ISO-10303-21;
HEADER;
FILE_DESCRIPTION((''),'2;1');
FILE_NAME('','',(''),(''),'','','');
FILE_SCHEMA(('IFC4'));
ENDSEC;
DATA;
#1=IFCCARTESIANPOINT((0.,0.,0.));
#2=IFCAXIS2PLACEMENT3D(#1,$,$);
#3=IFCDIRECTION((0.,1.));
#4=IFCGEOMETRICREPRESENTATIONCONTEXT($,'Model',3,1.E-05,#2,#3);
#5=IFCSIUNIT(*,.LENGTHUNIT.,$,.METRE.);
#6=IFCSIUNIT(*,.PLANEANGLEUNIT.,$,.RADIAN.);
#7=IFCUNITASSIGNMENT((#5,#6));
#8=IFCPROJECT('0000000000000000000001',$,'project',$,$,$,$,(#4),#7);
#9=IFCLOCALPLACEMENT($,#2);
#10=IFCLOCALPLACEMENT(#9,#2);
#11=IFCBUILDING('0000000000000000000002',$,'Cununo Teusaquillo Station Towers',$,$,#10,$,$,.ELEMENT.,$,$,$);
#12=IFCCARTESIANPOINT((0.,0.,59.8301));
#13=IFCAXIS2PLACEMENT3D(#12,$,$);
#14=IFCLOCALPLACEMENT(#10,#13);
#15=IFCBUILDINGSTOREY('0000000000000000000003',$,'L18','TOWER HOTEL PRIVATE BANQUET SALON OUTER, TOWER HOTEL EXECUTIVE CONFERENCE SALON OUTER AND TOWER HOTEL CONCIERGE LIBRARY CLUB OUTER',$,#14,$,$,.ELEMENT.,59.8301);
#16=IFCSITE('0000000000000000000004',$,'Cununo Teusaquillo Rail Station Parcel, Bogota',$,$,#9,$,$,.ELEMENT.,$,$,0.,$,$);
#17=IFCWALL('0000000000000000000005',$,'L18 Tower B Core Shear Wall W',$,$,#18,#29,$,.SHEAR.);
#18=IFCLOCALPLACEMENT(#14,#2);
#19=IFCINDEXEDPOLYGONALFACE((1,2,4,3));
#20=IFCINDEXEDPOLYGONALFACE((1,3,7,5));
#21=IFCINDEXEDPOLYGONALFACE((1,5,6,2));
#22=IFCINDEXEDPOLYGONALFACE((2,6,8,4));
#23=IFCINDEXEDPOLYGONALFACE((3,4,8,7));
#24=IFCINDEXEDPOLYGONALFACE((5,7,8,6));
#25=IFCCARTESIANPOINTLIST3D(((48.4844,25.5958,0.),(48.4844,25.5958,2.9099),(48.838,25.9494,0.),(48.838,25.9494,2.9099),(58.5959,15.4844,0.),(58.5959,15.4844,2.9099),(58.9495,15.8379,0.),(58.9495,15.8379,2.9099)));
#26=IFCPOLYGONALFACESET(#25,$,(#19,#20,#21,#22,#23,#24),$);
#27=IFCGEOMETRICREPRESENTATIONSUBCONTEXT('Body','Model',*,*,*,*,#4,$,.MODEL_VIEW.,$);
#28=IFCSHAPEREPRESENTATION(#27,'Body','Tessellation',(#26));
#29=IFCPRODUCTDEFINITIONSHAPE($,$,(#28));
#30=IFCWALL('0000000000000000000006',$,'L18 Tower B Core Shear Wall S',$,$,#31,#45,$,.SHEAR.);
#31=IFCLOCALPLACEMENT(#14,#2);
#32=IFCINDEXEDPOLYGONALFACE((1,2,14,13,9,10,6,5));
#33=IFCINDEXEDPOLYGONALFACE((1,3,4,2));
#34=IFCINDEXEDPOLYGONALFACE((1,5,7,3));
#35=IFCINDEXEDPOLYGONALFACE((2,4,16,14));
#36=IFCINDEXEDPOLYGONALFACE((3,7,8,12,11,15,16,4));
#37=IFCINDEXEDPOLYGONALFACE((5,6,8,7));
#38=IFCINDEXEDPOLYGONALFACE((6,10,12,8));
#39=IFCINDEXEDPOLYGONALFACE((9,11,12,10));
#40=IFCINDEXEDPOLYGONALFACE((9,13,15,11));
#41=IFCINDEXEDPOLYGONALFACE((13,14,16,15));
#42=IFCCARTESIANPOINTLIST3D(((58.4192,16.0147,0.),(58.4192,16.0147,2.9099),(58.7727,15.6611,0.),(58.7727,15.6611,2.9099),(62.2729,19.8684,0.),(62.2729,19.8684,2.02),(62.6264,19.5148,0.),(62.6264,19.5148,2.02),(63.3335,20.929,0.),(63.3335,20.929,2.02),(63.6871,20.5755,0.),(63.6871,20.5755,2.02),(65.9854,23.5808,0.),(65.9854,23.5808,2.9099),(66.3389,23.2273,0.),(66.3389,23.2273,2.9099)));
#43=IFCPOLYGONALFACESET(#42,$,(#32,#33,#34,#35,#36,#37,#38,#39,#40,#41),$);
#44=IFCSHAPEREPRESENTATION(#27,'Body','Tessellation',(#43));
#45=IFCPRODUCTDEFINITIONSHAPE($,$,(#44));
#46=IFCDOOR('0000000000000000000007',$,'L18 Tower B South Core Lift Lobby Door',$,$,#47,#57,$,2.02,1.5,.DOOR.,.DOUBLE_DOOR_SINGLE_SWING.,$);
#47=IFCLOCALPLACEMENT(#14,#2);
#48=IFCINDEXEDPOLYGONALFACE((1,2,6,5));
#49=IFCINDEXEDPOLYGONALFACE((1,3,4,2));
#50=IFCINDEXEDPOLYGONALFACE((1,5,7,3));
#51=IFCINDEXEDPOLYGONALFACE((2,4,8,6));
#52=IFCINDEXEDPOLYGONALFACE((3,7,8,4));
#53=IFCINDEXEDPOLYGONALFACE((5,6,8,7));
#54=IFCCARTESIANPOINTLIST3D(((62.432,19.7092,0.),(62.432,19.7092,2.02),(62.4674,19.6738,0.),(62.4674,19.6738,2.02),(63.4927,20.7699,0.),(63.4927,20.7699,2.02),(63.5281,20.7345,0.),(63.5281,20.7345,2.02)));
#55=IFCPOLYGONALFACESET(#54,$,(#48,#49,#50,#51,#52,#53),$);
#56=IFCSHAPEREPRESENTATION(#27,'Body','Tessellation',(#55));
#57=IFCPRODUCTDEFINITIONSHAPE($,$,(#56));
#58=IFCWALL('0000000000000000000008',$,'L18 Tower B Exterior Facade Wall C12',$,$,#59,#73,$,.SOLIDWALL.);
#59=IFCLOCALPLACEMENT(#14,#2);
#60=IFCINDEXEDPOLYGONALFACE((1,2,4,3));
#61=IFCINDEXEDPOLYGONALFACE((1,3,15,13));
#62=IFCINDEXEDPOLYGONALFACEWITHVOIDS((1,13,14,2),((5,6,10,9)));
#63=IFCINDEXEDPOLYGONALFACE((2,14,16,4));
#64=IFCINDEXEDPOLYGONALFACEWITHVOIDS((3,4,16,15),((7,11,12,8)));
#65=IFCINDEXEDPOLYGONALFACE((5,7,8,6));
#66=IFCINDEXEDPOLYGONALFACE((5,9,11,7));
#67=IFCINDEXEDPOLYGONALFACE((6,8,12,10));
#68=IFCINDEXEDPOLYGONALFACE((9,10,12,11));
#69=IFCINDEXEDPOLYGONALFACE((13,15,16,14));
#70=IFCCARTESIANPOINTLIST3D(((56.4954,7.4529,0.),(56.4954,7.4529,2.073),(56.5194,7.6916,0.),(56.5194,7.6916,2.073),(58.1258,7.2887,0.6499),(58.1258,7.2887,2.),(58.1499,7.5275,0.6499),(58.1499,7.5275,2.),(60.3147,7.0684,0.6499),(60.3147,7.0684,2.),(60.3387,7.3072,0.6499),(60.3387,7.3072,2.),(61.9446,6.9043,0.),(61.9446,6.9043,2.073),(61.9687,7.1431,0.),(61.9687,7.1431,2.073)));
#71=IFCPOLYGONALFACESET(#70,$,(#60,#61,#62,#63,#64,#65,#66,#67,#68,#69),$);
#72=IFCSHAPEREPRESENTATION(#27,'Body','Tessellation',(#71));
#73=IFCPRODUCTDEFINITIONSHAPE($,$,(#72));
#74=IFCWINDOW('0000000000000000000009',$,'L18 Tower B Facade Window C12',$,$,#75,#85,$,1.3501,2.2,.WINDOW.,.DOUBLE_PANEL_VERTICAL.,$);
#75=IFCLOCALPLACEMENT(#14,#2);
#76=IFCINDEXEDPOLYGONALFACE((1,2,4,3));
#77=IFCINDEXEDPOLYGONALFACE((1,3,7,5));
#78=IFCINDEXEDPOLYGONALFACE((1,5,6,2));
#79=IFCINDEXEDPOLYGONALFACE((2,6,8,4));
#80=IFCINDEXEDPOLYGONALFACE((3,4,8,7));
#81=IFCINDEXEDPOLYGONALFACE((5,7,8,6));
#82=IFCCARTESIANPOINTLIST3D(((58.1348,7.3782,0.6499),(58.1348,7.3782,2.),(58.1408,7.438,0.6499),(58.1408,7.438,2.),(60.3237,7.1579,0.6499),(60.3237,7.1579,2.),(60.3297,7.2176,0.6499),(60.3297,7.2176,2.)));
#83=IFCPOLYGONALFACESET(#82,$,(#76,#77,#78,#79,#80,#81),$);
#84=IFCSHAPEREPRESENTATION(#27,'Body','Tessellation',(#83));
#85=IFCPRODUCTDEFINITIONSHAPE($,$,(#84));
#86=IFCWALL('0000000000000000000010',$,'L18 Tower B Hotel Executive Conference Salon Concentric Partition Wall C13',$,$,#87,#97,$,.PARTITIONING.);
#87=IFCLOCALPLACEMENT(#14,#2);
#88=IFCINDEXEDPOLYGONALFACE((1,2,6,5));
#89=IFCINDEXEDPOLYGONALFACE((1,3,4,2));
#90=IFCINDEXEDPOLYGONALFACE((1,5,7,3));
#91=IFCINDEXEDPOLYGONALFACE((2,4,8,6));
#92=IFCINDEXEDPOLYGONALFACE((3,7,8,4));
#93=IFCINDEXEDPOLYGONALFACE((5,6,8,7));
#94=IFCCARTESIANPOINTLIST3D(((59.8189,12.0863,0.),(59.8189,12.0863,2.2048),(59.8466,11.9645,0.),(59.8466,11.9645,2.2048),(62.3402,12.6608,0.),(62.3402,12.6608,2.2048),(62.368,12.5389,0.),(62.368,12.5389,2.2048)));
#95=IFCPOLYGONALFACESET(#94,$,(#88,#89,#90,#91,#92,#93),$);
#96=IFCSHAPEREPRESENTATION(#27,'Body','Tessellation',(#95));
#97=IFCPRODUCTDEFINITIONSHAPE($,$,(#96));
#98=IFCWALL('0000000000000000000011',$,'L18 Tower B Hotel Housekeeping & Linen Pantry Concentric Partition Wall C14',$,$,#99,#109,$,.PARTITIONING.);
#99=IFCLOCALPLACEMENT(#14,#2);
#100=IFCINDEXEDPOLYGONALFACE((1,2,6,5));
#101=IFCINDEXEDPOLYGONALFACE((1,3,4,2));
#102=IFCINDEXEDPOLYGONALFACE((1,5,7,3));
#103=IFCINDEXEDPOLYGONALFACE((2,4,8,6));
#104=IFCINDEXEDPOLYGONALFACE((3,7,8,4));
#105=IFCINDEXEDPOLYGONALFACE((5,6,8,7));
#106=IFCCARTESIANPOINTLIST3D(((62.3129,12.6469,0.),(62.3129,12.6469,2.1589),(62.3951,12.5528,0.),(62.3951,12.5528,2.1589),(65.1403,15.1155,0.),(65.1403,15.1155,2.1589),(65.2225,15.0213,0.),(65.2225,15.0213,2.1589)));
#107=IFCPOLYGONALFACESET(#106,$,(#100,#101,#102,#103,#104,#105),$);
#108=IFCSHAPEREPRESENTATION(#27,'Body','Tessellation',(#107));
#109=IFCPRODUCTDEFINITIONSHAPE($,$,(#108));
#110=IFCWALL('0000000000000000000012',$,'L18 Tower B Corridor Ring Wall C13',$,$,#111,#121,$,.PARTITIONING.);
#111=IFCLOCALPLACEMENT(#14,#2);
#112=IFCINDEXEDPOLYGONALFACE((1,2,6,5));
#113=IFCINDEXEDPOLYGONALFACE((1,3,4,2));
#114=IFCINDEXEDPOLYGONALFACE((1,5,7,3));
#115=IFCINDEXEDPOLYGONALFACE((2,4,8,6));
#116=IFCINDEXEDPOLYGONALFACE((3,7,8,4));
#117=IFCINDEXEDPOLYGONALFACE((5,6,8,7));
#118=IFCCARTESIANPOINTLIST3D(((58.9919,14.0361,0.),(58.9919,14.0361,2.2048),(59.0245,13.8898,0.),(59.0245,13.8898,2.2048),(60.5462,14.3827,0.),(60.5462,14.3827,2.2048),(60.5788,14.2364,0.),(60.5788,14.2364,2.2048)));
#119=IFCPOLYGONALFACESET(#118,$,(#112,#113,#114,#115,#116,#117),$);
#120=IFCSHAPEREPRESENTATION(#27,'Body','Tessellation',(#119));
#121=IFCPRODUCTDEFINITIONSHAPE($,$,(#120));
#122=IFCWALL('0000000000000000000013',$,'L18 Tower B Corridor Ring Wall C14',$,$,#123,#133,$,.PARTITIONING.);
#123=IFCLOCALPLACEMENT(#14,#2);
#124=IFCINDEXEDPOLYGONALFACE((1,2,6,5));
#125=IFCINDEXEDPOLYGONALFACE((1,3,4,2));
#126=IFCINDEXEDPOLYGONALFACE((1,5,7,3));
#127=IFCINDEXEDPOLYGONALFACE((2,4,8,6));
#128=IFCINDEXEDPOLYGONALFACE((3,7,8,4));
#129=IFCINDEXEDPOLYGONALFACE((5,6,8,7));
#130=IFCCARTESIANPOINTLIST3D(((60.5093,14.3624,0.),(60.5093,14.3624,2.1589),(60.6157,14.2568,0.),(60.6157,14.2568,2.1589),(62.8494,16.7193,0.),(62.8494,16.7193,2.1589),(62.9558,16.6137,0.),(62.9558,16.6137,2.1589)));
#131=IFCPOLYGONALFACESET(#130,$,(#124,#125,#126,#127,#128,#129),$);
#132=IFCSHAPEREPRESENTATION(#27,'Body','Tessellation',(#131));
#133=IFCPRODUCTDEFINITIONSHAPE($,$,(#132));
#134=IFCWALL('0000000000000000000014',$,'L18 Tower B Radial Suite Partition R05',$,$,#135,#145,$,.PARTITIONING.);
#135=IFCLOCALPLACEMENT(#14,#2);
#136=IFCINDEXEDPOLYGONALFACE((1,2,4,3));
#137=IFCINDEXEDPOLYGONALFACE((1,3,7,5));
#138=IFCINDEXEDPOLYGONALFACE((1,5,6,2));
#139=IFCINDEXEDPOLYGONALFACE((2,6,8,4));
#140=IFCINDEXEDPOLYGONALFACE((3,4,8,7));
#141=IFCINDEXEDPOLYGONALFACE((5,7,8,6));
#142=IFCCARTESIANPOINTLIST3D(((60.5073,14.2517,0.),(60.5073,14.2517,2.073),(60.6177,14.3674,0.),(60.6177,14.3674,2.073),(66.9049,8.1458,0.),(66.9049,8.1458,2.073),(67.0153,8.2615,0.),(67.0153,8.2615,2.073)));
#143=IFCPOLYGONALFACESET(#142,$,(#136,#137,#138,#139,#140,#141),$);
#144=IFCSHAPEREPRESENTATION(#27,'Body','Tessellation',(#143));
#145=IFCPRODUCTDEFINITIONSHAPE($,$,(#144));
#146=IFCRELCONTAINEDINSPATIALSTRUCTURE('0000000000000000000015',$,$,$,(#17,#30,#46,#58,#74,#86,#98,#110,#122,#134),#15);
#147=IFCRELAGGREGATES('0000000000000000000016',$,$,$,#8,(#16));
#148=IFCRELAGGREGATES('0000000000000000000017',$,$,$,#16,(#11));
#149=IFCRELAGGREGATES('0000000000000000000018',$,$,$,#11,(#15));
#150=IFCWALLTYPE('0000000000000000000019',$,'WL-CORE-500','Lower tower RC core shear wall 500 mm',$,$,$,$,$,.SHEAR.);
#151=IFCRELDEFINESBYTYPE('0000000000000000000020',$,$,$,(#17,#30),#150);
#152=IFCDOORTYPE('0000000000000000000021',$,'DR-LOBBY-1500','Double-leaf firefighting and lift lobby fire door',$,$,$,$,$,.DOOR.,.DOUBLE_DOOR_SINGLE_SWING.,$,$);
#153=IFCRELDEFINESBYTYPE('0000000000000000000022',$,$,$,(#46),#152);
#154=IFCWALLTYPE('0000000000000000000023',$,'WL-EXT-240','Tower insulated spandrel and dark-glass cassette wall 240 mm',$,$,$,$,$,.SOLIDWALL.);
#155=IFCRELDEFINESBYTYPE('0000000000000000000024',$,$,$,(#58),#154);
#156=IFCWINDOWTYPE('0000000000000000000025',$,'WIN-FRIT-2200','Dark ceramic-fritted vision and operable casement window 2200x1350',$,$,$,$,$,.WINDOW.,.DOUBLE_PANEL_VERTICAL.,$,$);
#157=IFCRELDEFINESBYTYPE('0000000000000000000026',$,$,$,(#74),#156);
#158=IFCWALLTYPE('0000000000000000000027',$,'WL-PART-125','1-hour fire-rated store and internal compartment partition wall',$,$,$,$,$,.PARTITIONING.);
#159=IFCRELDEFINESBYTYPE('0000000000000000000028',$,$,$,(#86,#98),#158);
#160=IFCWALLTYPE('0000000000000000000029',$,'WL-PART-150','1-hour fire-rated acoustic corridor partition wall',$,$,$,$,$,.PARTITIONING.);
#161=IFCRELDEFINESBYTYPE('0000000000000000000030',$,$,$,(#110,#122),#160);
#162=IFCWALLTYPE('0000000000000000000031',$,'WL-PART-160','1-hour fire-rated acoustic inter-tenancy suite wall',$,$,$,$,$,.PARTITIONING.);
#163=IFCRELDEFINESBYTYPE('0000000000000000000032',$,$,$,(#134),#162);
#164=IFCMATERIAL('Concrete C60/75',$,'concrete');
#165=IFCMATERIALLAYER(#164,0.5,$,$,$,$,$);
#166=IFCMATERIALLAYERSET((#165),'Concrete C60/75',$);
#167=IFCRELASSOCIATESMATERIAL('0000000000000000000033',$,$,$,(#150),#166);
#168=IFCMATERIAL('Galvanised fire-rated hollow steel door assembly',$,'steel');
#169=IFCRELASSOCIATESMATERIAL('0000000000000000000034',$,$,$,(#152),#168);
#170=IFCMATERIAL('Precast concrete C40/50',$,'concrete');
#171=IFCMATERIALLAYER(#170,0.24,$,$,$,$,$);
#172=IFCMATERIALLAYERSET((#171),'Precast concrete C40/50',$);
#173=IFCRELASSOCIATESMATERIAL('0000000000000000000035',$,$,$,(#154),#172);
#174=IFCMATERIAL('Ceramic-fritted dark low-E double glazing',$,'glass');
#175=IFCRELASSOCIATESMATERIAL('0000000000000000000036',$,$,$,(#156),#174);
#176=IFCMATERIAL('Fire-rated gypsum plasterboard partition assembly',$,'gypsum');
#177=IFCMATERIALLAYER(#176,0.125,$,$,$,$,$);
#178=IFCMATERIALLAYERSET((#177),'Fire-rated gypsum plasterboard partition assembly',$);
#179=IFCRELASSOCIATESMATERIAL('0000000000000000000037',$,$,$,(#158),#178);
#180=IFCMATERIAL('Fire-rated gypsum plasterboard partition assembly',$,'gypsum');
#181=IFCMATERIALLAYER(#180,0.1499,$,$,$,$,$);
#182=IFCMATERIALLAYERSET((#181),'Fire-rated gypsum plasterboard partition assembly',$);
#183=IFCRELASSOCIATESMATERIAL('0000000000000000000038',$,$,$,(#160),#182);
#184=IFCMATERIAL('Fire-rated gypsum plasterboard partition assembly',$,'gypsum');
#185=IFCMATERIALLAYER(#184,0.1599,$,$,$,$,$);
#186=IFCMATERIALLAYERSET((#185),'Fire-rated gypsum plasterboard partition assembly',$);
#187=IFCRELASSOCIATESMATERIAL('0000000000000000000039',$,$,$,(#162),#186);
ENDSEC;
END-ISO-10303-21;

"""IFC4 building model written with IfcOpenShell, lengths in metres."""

from ifc_helpers import new_model, si_unit, direction, frame, frame_2d, origin, place, context, subcontext, project, spatial, rectangle, extrude, source, transform, mapped, material, layer, layer_set, type_object, element, fill, save


model = new_model("IFC4")

# Units and contexts
model_context = context("Model", 3, precision=1e-05, world=origin(), true_north=direction((0.0, 1.0)))
body_context = subcontext(model_context, "Body", "Model", "MODEL_VIEW")
ifc_project = project(units=[si_unit("LENGTHUNIT", "METRE"), si_unit("PLANEANGLEUNIT", "RADIAN")], contexts=[model_context])

# Site, building, storey
site_placement = place(None, origin())
site = spatial("IfcSite", under=ifc_project, at=site_placement, Name="Cununo Teusaquillo Rail Station Parcel, Bogota", CompositionType="ELEMENT", RefElevation=0.0)
building_placement = place(site_placement, origin())
building = spatial("IfcBuilding", under=site, at=building_placement, Name="Cununo Teusaquillo Station Towers", CompositionType="ELEMENT")
storey_placement = place(building_placement, frame((0.0, 0.0, 59.8301)))
storey = spatial("IfcBuildingStorey", under=building, at=storey_placement, Name="L18", Description="TOWER HOTEL PRIVATE BANQUET SALON OUTER, TOWER HOTEL EXECUTIVE CONFERENCE SALON OUTER AND TOWER HOTEL CONCIERGE LIBRARY CLUB OUTER", CompositionType="ELEMENT", Elevation=59.8301)

# Wall
ifc_material_1 = material(Name="Concrete C60/75", Category="concrete")
ifc_layer_1 = layer(ifc_material_1, 0.5)
ifc_layer_set_1 = layer_set([ifc_layer_1], Name="Concrete C60/75")
wall_type_1 = type_object("IfcWallType", Name="WL-CORE-500", Description="Lower tower RC core shear wall 500 mm", PredefinedType="SHEAR", material=ifc_layer_set_1)
wall_1_placement = place(storey_placement, frame((58.7727, 15.6611, 0.0), z_axis=(0.0, 0.0, 1.0), x_axis=(-0.707107, 0.707107, 0.0)))
element("IfcWall", 1, at=wall_1_placement, inside=storey, type_object=wall_type_1, Name="L18 Tower B Core Shear Wall W", PredefinedType="SHEAR", context=body_context, shape_type="SweptSolid", body=[
    extrude(rectangle(XDim=14.2998, YDim=0.5, at=frame_2d((7.1499, 0.0))), origin(), (0.0, 0.0, 1.0), 2.9099),
])

# Wall, opening, door
wall_2_placement = place(storey_placement, frame((58.5959, 15.8379, 0.0), z_axis=(0.0, 0.0, 1.0), x_axis=(0.707107, 0.707107, 0.0)))
wall_2 = element("IfcWall", 2, at=wall_2_placement, inside=storey, type_object=wall_type_1, Name="L18 Tower B Core Shear Wall S", PredefinedType="SHEAR", context=body_context, shape_type="SweptSolid", body=[
    extrude(rectangle(XDim=10.7002, YDim=0.5, at=frame_2d((5.3501, 0.0))), origin(), (0.0, 0.0, 1.0), 2.9099),
])
shared_shape_1 = source(origin(), body_context, "Body", "SweptSolid", [
    extrude(rectangle(XDim=1.5, YDim=2.02, at=frame_2d((0.75, 1.01))), frame((0.0, 0.26, 0.0), z_axis=(0.0, -1.0, 0.0), x_axis=(1.0, 0.0, 0.0)), (0.0, 0.0, 1.0), 0.52),
])
opening_1_placement = place(wall_2_placement, frame((5.45, 0.0, 0.0)))
opening_1 = element("IfcOpeningElement", 3, at=opening_1_placement, cuts=wall_2, PredefinedType="OPENING", context=body_context, shape_type="MappedRepresentation", body=[
    mapped(shared_shape_1, transform((0.0, 0.0, 0.0), x_axis=(1.0, 0.0, 0.0), y_axis=(0.0, 1.0, 0.0), z_axis=(0.0, 0.0, 1.0), scale=1.0)),
])
ifc_material_2 = material(Name="Galvanised fire-rated hollow steel door assembly", Category="steel")
door_type = type_object("IfcDoorType", Name="DR-LOBBY-1500", Description="Double-leaf firefighting and lift lobby fire door", OperationType="DOUBLE_DOOR_SINGLE_SWING", PredefinedType="DOOR", material=ifc_material_2)
shared_shape_2 = source(origin(), body_context, "Body", "SweptSolid", [
    extrude(rectangle(XDim=1.5, YDim=2.02, at=frame_2d((0.75, 1.01))), frame((0.0, 0.0249, 0.0), z_axis=(0.0, -1.0, 0.0), x_axis=(1.0, 0.0, 0.0)), (0.0, 0.0, 1.0), 0.05),
])
door_placement = place(opening_1_placement, origin())
door = element("IfcDoor", 4, at=door_placement, inside=storey, type_object=door_type, Name="L18 Tower B South Core Lift Lobby Door", OperationType="DOUBLE_DOOR_SINGLE_SWING", OverallHeight=2.02, OverallWidth=1.5, PredefinedType="DOOR", context=body_context, shape_type="MappedRepresentation", body=[
    mapped(shared_shape_2, transform((0.0, 0.0, 0.0), x_axis=(1.0, 0.0, 0.0), y_axis=(0.0, 1.0, 0.0), z_axis=(0.0, 0.0, 1.0), scale=1.0)),
])
fill(opening_1, door)

# Wall, opening, window
ifc_material_3 = material(Name="Precast concrete C40/50", Category="concrete")
ifc_layer_2 = layer(ifc_material_3, 0.24)
ifc_layer_set_2 = layer_set([ifc_layer_2], Name="Precast concrete C40/50")
wall_type_2 = type_object("IfcWallType", Name="WL-EXT-240", Description="Tower insulated spandrel and dark-glass cassette wall 240 mm", PredefinedType="SOLIDWALL", material=ifc_layer_set_2)
wall_3_placement = place(storey_placement, frame((61.9565, 7.0237, 0.0), z_axis=(0.0, 0.0, 1.0), x_axis=(-0.994971, 0.100166, 0.0)))
wall_3 = element("IfcWall", 5, at=wall_3_placement, inside=storey, type_object=wall_type_2, Name="L18 Tower B Exterior Facade Wall C12", PredefinedType="SOLIDWALL", context=body_context, shape_type="SweptSolid", body=[
    extrude(rectangle(XDim=5.4768, YDim=0.24, at=frame_2d((2.7383, 0.0))), origin(), (0.0, 0.0, 1.0), 2.073),
])
shared_shape_3 = source(origin(), body_context, "Body", "SweptSolid", [
    extrude(rectangle(XDim=2.2, YDim=1.3501, at=frame_2d((1.1001, 0.675))), frame((0.0, 0.1299, 0.0), z_axis=(0.0, -1.0, 0.0), x_axis=(1.0, 0.0, 0.0)), (0.0, 0.0, 1.0), 0.26),
])
opening_2_placement = place(wall_3_placement, frame((1.6379, 0.0, 0.6499)))
opening_2 = element("IfcOpeningElement", 6, at=opening_2_placement, cuts=wall_3, PredefinedType="OPENING", context=body_context, shape_type="MappedRepresentation", body=[
    mapped(shared_shape_3, transform((0.0, 0.0, 0.0), x_axis=(1.0, 0.0, 0.0), y_axis=(0.0, 1.0, 0.0), z_axis=(0.0, 0.0, 1.0), scale=1.0)),
])
ifc_material_4 = material(Name="Ceramic-fritted dark low-E double glazing", Category="glass")
window_type = type_object("IfcWindowType", Name="WIN-FRIT-2200", Description="Dark ceramic-fritted vision and operable casement window 2200x1350", PartitioningType="DOUBLE_PANEL_VERTICAL", PredefinedType="WINDOW", material=ifc_material_4)
shared_shape_4 = source(origin(), body_context, "Body", "SweptSolid", [
    extrude(rectangle(XDim=2.2, YDim=1.3501, at=frame_2d((1.1001, 0.675))), frame((0.0, 0.03, 0.0), z_axis=(0.0, -1.0, 0.0), x_axis=(1.0, 0.0, 0.0)), (0.0, 0.0, 1.0), 0.0601),
])
window_placement = place(opening_2_placement, origin())
window = element("IfcWindow", 7, at=window_placement, inside=storey, type_object=window_type, Name="L18 Tower B Facade Window C12", OverallHeight=1.3501, OverallWidth=2.2, PartitioningType="DOUBLE_PANEL_VERTICAL", PredefinedType="WINDOW", context=body_context, shape_type="MappedRepresentation", body=[
    mapped(shared_shape_4, transform((0.0, 0.0, 0.0), x_axis=(1.0, 0.0, 0.0), y_axis=(0.0, 1.0, 0.0), z_axis=(0.0, 0.0, 1.0), scale=1.0)),
])
fill(opening_2, window)

# Walls
ifc_material_5 = material(Name="Fire-rated gypsum plasterboard partition assembly", Category="gypsum")
ifc_layer_3 = layer(ifc_material_5, 0.125)
ifc_layer_set_3 = layer_set([ifc_layer_3], Name="Fire-rated gypsum plasterboard partition assembly")
wall_type_3 = type_object("IfcWallType", Name="WL-PART-125", Description="1-hour fire-rated store and internal compartment partition wall", PredefinedType="PARTITIONING", material=ifc_layer_set_3)
wall_4_placement = place(storey_placement, frame((59.8328, 12.0254, 0.0), z_axis=(0.0, 0.0, 1.0), x_axis=(0.975011, 0.222156, 0.0)))
element("IfcWall", 8, at=wall_4_placement, inside=storey, type_object=wall_type_3, Name="L18 Tower B Hotel Executive Conference Salon Concentric Partition Wall C13", PredefinedType="PARTITIONING", context=body_context, shape_type="SweptSolid", body=[
    extrude(rectangle(XDim=2.5859, YDim=0.125, at=frame_2d((1.293, 0.0))), origin(), (0.0, 0.0, 1.0), 2.2048),
])
wall_5_placement = place(storey_placement, frame((62.354, 12.5999, 0.0), z_axis=(0.0, 0.0, 1.0), x_axis=(0.753298, 0.65768, 0.0)))
element("IfcWall", 9, at=wall_5_placement, inside=storey, type_object=wall_type_3, Name="L18 Tower B Hotel Housekeeping & Linen Pantry Concentric Partition Wall C14", PredefinedType="PARTITIONING", context=body_context, shape_type="SweptSolid", body=[
    extrude(rectangle(XDim=3.7534, YDim=0.125, at=frame_2d((1.8767, 0.0))), origin(), (0.0, 0.0, 1.0), 2.1589),
])
ifc_material_6 = material(Name="Fire-rated gypsum plasterboard partition assembly", Category="gypsum")
ifc_layer_4 = layer(ifc_material_6, 0.1499)
ifc_layer_set_4 = layer_set([ifc_layer_4], Name="Fire-rated gypsum plasterboard partition assembly")
wall_type_4 = type_object("IfcWallType", Name="WL-PART-150", Description="1-hour fire-rated acoustic corridor partition wall", PredefinedType="PARTITIONING", material=ifc_layer_set_4)
wall_6_placement = place(storey_placement, frame((59.0081, 13.9629, 0.0), z_axis=(0.0, 0.0, 1.0), x_axis=(0.976021, 0.217677, 0.0)))
element("IfcWall", 10, at=wall_6_placement, inside=storey, type_object=wall_type_4, Name="L18 Tower B Corridor Ring Wall C13", PredefinedType="PARTITIONING", context=body_context, shape_type="SweptSolid", body=[
    extrude(rectangle(XDim=1.5925, YDim=0.1499, at=frame_2d((0.7964, 0.0))), origin(), (0.0, 0.0, 1.0), 2.2048),
])
wall_7_placement = place(storey_placement, frame((60.5625, 14.3096, 0.0), z_axis=(0.0, 0.0, 1.0), x_axis=(0.704566, 0.709638, 0.0)))
element("IfcWall", 11, at=wall_7_placement, inside=storey, type_object=wall_type_4, Name="L18 Tower B Corridor Ring Wall C14", PredefinedType="PARTITIONING", context=body_context, shape_type="SweptSolid", body=[
    extrude(rectangle(XDim=3.3213, YDim=0.1499, at=frame_2d((1.6606, 0.0))), origin(), (0.0, 0.0, 1.0), 2.1589),
])
ifc_material_7 = material(Name="Fire-rated gypsum plasterboard partition assembly", Category="gypsum")
ifc_layer_5 = layer(ifc_material_7, 0.1599)
ifc_layer_set_5 = layer_set([ifc_layer_5], Name="Fire-rated gypsum plasterboard partition assembly")
wall_type_5 = type_object("IfcWallType", Name="WL-PART-160", Description="1-hour fire-rated acoustic inter-tenancy suite wall", PredefinedType="PARTITIONING", material=ifc_layer_set_5)
wall_8_placement = place(storey_placement, frame((60.5625, 14.3096, 0.0), z_axis=(0.0, 0.0, 1.0), x_axis=(0.723409, -0.69042, 0.0)))
element("IfcWall", 12, at=wall_8_placement, inside=storey, type_object=wall_type_5, Name="L18 Tower B Radial Suite Partition R05", PredefinedType="PARTITIONING", context=body_context, shape_type="SweptSolid", body=[
    extrude(rectangle(XDim=8.8438, YDim=0.1599, at=frame_2d((4.4219, 0.0))), origin(), (0.0, 0.0, 1.0), 2.073),
])

save(model, "model.ifc")
